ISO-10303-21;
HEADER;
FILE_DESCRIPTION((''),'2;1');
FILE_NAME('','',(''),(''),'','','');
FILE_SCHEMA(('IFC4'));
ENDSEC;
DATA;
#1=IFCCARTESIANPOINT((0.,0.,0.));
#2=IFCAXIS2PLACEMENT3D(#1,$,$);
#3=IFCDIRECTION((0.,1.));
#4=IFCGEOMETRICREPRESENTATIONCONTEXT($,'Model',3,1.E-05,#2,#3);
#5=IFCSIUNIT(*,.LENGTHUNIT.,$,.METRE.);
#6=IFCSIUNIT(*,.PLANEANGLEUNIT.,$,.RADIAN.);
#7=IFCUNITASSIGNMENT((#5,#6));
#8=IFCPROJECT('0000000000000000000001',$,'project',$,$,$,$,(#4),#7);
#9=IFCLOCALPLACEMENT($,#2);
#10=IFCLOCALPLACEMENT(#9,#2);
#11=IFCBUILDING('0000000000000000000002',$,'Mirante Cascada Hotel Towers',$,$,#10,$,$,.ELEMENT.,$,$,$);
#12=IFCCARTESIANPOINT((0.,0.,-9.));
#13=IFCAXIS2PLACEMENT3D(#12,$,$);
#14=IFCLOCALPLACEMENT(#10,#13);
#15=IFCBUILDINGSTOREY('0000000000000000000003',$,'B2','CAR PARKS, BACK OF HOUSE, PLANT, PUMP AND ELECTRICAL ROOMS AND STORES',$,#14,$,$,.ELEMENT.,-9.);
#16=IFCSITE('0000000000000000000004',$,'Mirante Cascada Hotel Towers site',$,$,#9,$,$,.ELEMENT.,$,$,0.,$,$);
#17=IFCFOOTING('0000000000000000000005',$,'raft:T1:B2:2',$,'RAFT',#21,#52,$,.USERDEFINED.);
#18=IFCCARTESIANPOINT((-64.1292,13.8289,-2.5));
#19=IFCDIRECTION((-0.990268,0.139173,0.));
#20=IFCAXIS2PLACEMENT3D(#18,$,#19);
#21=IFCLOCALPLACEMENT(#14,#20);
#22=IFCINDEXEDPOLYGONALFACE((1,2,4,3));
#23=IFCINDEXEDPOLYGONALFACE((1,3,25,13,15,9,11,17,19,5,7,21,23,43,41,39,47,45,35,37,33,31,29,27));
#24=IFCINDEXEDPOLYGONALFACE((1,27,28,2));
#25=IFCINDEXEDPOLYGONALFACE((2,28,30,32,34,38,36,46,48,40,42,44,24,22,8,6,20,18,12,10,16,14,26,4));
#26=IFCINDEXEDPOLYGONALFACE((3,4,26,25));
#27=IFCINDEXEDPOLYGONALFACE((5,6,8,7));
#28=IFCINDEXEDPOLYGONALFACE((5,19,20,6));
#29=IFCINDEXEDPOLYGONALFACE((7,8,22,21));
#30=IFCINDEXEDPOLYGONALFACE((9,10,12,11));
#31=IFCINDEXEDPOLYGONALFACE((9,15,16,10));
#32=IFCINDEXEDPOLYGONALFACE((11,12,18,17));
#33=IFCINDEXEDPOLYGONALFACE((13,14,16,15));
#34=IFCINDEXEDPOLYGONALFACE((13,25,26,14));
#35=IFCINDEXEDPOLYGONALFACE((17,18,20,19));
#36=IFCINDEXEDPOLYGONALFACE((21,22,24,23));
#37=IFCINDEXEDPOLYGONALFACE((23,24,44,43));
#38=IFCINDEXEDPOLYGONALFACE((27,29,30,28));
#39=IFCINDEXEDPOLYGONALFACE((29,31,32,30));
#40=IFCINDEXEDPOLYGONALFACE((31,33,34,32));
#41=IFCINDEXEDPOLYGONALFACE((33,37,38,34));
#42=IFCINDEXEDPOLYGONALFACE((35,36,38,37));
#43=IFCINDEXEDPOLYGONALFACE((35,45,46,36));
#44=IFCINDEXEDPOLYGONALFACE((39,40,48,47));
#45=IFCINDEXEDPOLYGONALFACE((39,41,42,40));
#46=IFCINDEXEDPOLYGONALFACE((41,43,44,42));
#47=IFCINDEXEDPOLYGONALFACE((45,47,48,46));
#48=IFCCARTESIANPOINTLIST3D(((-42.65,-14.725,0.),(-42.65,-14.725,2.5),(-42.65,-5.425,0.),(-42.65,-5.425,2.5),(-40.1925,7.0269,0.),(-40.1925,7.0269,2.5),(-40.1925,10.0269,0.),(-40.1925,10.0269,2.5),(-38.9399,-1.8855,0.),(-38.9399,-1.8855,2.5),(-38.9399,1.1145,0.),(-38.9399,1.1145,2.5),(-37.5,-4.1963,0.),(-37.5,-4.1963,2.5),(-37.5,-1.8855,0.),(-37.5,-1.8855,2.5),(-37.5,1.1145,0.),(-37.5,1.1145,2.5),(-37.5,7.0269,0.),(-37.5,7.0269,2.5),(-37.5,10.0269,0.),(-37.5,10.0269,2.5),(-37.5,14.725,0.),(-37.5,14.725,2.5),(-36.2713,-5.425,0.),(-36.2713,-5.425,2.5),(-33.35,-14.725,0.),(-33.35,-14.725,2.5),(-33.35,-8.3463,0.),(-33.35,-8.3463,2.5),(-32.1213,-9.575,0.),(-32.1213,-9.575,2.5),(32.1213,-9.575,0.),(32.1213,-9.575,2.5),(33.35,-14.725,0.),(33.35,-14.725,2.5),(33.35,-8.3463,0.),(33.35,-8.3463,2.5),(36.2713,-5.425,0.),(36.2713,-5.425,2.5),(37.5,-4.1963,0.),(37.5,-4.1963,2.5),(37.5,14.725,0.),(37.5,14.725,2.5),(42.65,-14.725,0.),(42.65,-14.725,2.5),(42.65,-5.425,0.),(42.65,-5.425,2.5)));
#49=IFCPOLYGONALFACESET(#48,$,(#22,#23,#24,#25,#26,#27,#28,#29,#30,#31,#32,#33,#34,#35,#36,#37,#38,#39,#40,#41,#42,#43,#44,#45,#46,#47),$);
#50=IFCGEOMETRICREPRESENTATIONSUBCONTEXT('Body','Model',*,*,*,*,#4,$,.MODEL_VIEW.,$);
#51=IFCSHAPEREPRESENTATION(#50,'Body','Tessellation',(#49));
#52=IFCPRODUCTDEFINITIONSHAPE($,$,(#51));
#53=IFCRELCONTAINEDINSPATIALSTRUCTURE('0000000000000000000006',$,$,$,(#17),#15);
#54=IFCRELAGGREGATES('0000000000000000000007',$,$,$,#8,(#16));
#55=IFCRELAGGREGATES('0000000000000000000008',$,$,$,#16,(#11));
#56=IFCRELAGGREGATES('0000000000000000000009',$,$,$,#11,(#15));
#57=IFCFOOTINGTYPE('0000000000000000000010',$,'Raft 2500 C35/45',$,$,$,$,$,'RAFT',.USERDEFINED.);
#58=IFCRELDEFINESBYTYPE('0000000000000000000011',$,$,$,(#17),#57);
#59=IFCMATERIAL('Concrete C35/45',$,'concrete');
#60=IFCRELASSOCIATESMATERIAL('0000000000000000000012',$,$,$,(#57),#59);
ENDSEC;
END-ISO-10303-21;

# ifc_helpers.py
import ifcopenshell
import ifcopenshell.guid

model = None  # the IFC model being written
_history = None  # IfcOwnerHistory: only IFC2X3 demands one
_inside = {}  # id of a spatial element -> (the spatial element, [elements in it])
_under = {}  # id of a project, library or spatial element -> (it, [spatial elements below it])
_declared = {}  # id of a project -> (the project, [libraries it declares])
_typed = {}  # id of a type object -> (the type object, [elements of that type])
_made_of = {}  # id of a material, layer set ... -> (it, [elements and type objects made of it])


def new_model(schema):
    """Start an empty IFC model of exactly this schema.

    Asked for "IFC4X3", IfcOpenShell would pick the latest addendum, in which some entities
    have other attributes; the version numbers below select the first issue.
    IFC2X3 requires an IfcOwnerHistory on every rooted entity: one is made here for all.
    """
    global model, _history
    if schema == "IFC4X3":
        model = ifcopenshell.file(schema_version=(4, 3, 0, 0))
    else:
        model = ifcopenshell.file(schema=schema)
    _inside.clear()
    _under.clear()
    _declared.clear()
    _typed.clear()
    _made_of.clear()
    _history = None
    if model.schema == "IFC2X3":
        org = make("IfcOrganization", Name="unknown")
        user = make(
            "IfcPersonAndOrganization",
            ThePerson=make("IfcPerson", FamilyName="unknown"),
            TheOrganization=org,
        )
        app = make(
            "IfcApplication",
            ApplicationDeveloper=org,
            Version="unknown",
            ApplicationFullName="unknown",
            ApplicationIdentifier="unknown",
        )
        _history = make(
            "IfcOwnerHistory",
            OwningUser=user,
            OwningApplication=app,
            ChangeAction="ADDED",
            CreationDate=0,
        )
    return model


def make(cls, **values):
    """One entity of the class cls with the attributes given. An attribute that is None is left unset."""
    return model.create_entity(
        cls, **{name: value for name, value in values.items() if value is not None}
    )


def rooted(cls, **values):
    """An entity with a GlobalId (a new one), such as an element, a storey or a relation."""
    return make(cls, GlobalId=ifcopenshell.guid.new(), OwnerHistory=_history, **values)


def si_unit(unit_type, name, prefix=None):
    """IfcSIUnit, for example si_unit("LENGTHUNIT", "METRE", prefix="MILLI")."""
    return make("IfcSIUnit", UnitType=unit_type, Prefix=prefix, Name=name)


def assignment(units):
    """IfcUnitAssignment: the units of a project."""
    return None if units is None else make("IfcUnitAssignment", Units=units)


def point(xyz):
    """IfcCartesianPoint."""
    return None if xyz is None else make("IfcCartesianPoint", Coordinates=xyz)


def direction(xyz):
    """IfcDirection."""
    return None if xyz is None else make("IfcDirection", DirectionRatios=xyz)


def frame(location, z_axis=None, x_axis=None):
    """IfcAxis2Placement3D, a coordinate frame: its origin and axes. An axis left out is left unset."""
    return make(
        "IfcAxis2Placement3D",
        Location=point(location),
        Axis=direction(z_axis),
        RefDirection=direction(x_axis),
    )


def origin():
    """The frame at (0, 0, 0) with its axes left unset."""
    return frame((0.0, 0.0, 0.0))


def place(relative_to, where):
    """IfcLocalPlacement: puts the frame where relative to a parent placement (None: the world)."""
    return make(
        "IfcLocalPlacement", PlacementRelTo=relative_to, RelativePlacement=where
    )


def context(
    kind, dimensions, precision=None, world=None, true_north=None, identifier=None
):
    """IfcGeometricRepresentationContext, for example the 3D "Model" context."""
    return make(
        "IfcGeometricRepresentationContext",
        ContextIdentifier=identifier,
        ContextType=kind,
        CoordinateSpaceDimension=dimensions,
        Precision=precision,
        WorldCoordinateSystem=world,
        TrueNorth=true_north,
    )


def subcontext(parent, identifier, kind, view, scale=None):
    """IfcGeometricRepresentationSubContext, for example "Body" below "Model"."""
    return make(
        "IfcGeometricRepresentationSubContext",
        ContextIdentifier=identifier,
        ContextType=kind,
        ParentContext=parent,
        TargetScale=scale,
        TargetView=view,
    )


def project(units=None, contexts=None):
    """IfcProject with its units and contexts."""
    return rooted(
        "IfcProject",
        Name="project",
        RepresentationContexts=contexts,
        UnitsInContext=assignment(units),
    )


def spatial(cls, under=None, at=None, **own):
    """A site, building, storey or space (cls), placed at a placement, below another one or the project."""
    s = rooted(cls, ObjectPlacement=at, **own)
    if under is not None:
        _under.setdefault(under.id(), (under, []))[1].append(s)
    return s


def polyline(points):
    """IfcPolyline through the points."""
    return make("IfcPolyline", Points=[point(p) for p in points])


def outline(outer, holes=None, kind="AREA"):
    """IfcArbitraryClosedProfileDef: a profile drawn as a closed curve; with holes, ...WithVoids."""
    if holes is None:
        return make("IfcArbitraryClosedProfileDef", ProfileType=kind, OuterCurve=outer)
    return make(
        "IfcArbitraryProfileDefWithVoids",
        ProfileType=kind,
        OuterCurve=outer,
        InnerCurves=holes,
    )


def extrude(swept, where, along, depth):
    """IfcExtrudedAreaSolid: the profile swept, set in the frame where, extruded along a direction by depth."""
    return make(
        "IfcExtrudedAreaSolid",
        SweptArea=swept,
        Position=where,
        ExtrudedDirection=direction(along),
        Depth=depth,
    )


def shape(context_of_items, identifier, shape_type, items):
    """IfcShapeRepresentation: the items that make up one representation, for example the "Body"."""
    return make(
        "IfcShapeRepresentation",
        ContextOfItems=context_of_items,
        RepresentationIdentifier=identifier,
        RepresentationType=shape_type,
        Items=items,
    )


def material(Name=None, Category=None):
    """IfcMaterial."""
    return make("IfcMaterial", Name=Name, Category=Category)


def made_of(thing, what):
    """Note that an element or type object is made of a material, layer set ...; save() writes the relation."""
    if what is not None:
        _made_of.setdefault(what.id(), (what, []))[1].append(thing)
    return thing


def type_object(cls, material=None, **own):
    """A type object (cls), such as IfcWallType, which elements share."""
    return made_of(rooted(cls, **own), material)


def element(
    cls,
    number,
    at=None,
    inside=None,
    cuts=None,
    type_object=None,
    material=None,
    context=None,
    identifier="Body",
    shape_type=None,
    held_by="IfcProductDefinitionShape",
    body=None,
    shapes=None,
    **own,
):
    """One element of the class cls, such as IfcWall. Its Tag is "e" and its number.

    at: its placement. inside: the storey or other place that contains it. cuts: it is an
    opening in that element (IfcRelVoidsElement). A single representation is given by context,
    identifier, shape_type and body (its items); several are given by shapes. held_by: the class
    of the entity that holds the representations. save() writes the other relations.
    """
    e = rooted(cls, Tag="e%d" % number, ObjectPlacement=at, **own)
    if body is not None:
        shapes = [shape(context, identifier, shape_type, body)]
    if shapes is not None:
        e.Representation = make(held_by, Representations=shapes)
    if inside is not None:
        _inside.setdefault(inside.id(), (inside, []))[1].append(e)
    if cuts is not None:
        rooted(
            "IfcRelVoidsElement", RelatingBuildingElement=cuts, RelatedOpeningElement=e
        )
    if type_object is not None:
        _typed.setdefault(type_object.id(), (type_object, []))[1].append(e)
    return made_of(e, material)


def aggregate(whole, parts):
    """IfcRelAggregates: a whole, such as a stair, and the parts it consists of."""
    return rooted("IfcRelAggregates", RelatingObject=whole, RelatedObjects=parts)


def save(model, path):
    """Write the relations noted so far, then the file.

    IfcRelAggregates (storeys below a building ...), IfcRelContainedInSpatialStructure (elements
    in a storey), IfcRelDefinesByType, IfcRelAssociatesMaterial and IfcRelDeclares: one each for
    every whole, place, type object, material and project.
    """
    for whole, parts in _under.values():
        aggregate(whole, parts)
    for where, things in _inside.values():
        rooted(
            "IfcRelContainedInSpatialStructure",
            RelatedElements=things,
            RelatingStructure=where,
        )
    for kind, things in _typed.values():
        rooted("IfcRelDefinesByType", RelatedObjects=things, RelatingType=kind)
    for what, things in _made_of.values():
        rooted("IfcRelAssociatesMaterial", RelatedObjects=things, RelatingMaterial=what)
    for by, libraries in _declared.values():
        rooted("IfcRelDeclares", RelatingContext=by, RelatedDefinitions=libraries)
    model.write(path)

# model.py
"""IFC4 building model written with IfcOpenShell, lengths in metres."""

from ifc_helpers import new_model, si_unit, direction, frame, origin, place, context, subcontext, project, spatial, polyline, outline, extrude, material, type_object, element, save


model = new_model("IFC4")

# Units and contexts
model_context = context("Model", 3, precision=1e-05, world=origin(), true_north=direction((0.0, 1.0)))
body_context = subcontext(model_context, "Body", "Model", "MODEL_VIEW")
ifc_project = project(units=[si_unit("LENGTHUNIT", "METRE"), si_unit("PLANEANGLEUNIT", "RADIAN")], contexts=[model_context])

# Site, building, storey
site_placement = place(None, origin())
site = spatial("IfcSite", under=ifc_project, at=site_placement, Name="Mirante Cascada Hotel Towers site", CompositionType="ELEMENT", RefElevation=0.0)
building_placement = place(site_placement, origin())
building = spatial("IfcBuilding", under=site, at=building_placement, Name="Mirante Cascada Hotel Towers", CompositionType="ELEMENT")
storey_placement = place(building_placement, frame((0.0, 0.0, -9.0)))
storey = spatial("IfcBuildingStorey", under=building, at=storey_placement, Name="B2", Description="CAR PARKS, BACK OF HOUSE, PLANT, PUMP AND ELECTRICAL ROOMS AND STORES", CompositionType="ELEMENT", Elevation=-9.0)

# Footing
ifc_material_1 = material(Name="Concrete C35/45", Category="concrete")
footing_type = type_object("IfcFootingType", Name="Raft 2500 C35/45", ElementType="RAFT", PredefinedType="USERDEFINED", material=ifc_material_1)
footing_placement = place(storey_placement, frame((-64.1292, 13.8289, -2.5), x_axis=(-0.990268, 0.139173, 0.0)))
element("IfcFooting", 1, at=footing_placement, inside=storey, type_object=footing_type, Name="raft:T1:B2:2", ObjectType="RAFT", PredefinedType="USERDEFINED", context=body_context, shape_type="SweptSolid", body=[
    extrude(outline(polyline([(-37.5, 10.0269), (-37.5, 14.725), (37.5, 14.725), (37.5, -4.1963), (36.2713, -5.425), (42.65, -5.425), (42.65, -14.725), (33.35, -14.725), (33.35, -8.3463), (32.1213, -9.575), (-32.1213, -9.575), (-33.35, -8.3463), (-33.35, -14.725), (-42.65, -14.725), (-42.65, -5.425), (-36.2713, -5.425), (-37.5, -4.1963), (-37.5, -1.8855), (-38.9399, -1.8855), (-38.9399, 1.1145), (-37.5, 1.1145), (-37.5, 7.0269), (-40.1925, 7.0269), (-40.1925, 10.0269), (-37.5, 10.0269)])), origin(), (0.0, 0.0, 1.0), 2.5),
])

save(model, "model.ifc")
